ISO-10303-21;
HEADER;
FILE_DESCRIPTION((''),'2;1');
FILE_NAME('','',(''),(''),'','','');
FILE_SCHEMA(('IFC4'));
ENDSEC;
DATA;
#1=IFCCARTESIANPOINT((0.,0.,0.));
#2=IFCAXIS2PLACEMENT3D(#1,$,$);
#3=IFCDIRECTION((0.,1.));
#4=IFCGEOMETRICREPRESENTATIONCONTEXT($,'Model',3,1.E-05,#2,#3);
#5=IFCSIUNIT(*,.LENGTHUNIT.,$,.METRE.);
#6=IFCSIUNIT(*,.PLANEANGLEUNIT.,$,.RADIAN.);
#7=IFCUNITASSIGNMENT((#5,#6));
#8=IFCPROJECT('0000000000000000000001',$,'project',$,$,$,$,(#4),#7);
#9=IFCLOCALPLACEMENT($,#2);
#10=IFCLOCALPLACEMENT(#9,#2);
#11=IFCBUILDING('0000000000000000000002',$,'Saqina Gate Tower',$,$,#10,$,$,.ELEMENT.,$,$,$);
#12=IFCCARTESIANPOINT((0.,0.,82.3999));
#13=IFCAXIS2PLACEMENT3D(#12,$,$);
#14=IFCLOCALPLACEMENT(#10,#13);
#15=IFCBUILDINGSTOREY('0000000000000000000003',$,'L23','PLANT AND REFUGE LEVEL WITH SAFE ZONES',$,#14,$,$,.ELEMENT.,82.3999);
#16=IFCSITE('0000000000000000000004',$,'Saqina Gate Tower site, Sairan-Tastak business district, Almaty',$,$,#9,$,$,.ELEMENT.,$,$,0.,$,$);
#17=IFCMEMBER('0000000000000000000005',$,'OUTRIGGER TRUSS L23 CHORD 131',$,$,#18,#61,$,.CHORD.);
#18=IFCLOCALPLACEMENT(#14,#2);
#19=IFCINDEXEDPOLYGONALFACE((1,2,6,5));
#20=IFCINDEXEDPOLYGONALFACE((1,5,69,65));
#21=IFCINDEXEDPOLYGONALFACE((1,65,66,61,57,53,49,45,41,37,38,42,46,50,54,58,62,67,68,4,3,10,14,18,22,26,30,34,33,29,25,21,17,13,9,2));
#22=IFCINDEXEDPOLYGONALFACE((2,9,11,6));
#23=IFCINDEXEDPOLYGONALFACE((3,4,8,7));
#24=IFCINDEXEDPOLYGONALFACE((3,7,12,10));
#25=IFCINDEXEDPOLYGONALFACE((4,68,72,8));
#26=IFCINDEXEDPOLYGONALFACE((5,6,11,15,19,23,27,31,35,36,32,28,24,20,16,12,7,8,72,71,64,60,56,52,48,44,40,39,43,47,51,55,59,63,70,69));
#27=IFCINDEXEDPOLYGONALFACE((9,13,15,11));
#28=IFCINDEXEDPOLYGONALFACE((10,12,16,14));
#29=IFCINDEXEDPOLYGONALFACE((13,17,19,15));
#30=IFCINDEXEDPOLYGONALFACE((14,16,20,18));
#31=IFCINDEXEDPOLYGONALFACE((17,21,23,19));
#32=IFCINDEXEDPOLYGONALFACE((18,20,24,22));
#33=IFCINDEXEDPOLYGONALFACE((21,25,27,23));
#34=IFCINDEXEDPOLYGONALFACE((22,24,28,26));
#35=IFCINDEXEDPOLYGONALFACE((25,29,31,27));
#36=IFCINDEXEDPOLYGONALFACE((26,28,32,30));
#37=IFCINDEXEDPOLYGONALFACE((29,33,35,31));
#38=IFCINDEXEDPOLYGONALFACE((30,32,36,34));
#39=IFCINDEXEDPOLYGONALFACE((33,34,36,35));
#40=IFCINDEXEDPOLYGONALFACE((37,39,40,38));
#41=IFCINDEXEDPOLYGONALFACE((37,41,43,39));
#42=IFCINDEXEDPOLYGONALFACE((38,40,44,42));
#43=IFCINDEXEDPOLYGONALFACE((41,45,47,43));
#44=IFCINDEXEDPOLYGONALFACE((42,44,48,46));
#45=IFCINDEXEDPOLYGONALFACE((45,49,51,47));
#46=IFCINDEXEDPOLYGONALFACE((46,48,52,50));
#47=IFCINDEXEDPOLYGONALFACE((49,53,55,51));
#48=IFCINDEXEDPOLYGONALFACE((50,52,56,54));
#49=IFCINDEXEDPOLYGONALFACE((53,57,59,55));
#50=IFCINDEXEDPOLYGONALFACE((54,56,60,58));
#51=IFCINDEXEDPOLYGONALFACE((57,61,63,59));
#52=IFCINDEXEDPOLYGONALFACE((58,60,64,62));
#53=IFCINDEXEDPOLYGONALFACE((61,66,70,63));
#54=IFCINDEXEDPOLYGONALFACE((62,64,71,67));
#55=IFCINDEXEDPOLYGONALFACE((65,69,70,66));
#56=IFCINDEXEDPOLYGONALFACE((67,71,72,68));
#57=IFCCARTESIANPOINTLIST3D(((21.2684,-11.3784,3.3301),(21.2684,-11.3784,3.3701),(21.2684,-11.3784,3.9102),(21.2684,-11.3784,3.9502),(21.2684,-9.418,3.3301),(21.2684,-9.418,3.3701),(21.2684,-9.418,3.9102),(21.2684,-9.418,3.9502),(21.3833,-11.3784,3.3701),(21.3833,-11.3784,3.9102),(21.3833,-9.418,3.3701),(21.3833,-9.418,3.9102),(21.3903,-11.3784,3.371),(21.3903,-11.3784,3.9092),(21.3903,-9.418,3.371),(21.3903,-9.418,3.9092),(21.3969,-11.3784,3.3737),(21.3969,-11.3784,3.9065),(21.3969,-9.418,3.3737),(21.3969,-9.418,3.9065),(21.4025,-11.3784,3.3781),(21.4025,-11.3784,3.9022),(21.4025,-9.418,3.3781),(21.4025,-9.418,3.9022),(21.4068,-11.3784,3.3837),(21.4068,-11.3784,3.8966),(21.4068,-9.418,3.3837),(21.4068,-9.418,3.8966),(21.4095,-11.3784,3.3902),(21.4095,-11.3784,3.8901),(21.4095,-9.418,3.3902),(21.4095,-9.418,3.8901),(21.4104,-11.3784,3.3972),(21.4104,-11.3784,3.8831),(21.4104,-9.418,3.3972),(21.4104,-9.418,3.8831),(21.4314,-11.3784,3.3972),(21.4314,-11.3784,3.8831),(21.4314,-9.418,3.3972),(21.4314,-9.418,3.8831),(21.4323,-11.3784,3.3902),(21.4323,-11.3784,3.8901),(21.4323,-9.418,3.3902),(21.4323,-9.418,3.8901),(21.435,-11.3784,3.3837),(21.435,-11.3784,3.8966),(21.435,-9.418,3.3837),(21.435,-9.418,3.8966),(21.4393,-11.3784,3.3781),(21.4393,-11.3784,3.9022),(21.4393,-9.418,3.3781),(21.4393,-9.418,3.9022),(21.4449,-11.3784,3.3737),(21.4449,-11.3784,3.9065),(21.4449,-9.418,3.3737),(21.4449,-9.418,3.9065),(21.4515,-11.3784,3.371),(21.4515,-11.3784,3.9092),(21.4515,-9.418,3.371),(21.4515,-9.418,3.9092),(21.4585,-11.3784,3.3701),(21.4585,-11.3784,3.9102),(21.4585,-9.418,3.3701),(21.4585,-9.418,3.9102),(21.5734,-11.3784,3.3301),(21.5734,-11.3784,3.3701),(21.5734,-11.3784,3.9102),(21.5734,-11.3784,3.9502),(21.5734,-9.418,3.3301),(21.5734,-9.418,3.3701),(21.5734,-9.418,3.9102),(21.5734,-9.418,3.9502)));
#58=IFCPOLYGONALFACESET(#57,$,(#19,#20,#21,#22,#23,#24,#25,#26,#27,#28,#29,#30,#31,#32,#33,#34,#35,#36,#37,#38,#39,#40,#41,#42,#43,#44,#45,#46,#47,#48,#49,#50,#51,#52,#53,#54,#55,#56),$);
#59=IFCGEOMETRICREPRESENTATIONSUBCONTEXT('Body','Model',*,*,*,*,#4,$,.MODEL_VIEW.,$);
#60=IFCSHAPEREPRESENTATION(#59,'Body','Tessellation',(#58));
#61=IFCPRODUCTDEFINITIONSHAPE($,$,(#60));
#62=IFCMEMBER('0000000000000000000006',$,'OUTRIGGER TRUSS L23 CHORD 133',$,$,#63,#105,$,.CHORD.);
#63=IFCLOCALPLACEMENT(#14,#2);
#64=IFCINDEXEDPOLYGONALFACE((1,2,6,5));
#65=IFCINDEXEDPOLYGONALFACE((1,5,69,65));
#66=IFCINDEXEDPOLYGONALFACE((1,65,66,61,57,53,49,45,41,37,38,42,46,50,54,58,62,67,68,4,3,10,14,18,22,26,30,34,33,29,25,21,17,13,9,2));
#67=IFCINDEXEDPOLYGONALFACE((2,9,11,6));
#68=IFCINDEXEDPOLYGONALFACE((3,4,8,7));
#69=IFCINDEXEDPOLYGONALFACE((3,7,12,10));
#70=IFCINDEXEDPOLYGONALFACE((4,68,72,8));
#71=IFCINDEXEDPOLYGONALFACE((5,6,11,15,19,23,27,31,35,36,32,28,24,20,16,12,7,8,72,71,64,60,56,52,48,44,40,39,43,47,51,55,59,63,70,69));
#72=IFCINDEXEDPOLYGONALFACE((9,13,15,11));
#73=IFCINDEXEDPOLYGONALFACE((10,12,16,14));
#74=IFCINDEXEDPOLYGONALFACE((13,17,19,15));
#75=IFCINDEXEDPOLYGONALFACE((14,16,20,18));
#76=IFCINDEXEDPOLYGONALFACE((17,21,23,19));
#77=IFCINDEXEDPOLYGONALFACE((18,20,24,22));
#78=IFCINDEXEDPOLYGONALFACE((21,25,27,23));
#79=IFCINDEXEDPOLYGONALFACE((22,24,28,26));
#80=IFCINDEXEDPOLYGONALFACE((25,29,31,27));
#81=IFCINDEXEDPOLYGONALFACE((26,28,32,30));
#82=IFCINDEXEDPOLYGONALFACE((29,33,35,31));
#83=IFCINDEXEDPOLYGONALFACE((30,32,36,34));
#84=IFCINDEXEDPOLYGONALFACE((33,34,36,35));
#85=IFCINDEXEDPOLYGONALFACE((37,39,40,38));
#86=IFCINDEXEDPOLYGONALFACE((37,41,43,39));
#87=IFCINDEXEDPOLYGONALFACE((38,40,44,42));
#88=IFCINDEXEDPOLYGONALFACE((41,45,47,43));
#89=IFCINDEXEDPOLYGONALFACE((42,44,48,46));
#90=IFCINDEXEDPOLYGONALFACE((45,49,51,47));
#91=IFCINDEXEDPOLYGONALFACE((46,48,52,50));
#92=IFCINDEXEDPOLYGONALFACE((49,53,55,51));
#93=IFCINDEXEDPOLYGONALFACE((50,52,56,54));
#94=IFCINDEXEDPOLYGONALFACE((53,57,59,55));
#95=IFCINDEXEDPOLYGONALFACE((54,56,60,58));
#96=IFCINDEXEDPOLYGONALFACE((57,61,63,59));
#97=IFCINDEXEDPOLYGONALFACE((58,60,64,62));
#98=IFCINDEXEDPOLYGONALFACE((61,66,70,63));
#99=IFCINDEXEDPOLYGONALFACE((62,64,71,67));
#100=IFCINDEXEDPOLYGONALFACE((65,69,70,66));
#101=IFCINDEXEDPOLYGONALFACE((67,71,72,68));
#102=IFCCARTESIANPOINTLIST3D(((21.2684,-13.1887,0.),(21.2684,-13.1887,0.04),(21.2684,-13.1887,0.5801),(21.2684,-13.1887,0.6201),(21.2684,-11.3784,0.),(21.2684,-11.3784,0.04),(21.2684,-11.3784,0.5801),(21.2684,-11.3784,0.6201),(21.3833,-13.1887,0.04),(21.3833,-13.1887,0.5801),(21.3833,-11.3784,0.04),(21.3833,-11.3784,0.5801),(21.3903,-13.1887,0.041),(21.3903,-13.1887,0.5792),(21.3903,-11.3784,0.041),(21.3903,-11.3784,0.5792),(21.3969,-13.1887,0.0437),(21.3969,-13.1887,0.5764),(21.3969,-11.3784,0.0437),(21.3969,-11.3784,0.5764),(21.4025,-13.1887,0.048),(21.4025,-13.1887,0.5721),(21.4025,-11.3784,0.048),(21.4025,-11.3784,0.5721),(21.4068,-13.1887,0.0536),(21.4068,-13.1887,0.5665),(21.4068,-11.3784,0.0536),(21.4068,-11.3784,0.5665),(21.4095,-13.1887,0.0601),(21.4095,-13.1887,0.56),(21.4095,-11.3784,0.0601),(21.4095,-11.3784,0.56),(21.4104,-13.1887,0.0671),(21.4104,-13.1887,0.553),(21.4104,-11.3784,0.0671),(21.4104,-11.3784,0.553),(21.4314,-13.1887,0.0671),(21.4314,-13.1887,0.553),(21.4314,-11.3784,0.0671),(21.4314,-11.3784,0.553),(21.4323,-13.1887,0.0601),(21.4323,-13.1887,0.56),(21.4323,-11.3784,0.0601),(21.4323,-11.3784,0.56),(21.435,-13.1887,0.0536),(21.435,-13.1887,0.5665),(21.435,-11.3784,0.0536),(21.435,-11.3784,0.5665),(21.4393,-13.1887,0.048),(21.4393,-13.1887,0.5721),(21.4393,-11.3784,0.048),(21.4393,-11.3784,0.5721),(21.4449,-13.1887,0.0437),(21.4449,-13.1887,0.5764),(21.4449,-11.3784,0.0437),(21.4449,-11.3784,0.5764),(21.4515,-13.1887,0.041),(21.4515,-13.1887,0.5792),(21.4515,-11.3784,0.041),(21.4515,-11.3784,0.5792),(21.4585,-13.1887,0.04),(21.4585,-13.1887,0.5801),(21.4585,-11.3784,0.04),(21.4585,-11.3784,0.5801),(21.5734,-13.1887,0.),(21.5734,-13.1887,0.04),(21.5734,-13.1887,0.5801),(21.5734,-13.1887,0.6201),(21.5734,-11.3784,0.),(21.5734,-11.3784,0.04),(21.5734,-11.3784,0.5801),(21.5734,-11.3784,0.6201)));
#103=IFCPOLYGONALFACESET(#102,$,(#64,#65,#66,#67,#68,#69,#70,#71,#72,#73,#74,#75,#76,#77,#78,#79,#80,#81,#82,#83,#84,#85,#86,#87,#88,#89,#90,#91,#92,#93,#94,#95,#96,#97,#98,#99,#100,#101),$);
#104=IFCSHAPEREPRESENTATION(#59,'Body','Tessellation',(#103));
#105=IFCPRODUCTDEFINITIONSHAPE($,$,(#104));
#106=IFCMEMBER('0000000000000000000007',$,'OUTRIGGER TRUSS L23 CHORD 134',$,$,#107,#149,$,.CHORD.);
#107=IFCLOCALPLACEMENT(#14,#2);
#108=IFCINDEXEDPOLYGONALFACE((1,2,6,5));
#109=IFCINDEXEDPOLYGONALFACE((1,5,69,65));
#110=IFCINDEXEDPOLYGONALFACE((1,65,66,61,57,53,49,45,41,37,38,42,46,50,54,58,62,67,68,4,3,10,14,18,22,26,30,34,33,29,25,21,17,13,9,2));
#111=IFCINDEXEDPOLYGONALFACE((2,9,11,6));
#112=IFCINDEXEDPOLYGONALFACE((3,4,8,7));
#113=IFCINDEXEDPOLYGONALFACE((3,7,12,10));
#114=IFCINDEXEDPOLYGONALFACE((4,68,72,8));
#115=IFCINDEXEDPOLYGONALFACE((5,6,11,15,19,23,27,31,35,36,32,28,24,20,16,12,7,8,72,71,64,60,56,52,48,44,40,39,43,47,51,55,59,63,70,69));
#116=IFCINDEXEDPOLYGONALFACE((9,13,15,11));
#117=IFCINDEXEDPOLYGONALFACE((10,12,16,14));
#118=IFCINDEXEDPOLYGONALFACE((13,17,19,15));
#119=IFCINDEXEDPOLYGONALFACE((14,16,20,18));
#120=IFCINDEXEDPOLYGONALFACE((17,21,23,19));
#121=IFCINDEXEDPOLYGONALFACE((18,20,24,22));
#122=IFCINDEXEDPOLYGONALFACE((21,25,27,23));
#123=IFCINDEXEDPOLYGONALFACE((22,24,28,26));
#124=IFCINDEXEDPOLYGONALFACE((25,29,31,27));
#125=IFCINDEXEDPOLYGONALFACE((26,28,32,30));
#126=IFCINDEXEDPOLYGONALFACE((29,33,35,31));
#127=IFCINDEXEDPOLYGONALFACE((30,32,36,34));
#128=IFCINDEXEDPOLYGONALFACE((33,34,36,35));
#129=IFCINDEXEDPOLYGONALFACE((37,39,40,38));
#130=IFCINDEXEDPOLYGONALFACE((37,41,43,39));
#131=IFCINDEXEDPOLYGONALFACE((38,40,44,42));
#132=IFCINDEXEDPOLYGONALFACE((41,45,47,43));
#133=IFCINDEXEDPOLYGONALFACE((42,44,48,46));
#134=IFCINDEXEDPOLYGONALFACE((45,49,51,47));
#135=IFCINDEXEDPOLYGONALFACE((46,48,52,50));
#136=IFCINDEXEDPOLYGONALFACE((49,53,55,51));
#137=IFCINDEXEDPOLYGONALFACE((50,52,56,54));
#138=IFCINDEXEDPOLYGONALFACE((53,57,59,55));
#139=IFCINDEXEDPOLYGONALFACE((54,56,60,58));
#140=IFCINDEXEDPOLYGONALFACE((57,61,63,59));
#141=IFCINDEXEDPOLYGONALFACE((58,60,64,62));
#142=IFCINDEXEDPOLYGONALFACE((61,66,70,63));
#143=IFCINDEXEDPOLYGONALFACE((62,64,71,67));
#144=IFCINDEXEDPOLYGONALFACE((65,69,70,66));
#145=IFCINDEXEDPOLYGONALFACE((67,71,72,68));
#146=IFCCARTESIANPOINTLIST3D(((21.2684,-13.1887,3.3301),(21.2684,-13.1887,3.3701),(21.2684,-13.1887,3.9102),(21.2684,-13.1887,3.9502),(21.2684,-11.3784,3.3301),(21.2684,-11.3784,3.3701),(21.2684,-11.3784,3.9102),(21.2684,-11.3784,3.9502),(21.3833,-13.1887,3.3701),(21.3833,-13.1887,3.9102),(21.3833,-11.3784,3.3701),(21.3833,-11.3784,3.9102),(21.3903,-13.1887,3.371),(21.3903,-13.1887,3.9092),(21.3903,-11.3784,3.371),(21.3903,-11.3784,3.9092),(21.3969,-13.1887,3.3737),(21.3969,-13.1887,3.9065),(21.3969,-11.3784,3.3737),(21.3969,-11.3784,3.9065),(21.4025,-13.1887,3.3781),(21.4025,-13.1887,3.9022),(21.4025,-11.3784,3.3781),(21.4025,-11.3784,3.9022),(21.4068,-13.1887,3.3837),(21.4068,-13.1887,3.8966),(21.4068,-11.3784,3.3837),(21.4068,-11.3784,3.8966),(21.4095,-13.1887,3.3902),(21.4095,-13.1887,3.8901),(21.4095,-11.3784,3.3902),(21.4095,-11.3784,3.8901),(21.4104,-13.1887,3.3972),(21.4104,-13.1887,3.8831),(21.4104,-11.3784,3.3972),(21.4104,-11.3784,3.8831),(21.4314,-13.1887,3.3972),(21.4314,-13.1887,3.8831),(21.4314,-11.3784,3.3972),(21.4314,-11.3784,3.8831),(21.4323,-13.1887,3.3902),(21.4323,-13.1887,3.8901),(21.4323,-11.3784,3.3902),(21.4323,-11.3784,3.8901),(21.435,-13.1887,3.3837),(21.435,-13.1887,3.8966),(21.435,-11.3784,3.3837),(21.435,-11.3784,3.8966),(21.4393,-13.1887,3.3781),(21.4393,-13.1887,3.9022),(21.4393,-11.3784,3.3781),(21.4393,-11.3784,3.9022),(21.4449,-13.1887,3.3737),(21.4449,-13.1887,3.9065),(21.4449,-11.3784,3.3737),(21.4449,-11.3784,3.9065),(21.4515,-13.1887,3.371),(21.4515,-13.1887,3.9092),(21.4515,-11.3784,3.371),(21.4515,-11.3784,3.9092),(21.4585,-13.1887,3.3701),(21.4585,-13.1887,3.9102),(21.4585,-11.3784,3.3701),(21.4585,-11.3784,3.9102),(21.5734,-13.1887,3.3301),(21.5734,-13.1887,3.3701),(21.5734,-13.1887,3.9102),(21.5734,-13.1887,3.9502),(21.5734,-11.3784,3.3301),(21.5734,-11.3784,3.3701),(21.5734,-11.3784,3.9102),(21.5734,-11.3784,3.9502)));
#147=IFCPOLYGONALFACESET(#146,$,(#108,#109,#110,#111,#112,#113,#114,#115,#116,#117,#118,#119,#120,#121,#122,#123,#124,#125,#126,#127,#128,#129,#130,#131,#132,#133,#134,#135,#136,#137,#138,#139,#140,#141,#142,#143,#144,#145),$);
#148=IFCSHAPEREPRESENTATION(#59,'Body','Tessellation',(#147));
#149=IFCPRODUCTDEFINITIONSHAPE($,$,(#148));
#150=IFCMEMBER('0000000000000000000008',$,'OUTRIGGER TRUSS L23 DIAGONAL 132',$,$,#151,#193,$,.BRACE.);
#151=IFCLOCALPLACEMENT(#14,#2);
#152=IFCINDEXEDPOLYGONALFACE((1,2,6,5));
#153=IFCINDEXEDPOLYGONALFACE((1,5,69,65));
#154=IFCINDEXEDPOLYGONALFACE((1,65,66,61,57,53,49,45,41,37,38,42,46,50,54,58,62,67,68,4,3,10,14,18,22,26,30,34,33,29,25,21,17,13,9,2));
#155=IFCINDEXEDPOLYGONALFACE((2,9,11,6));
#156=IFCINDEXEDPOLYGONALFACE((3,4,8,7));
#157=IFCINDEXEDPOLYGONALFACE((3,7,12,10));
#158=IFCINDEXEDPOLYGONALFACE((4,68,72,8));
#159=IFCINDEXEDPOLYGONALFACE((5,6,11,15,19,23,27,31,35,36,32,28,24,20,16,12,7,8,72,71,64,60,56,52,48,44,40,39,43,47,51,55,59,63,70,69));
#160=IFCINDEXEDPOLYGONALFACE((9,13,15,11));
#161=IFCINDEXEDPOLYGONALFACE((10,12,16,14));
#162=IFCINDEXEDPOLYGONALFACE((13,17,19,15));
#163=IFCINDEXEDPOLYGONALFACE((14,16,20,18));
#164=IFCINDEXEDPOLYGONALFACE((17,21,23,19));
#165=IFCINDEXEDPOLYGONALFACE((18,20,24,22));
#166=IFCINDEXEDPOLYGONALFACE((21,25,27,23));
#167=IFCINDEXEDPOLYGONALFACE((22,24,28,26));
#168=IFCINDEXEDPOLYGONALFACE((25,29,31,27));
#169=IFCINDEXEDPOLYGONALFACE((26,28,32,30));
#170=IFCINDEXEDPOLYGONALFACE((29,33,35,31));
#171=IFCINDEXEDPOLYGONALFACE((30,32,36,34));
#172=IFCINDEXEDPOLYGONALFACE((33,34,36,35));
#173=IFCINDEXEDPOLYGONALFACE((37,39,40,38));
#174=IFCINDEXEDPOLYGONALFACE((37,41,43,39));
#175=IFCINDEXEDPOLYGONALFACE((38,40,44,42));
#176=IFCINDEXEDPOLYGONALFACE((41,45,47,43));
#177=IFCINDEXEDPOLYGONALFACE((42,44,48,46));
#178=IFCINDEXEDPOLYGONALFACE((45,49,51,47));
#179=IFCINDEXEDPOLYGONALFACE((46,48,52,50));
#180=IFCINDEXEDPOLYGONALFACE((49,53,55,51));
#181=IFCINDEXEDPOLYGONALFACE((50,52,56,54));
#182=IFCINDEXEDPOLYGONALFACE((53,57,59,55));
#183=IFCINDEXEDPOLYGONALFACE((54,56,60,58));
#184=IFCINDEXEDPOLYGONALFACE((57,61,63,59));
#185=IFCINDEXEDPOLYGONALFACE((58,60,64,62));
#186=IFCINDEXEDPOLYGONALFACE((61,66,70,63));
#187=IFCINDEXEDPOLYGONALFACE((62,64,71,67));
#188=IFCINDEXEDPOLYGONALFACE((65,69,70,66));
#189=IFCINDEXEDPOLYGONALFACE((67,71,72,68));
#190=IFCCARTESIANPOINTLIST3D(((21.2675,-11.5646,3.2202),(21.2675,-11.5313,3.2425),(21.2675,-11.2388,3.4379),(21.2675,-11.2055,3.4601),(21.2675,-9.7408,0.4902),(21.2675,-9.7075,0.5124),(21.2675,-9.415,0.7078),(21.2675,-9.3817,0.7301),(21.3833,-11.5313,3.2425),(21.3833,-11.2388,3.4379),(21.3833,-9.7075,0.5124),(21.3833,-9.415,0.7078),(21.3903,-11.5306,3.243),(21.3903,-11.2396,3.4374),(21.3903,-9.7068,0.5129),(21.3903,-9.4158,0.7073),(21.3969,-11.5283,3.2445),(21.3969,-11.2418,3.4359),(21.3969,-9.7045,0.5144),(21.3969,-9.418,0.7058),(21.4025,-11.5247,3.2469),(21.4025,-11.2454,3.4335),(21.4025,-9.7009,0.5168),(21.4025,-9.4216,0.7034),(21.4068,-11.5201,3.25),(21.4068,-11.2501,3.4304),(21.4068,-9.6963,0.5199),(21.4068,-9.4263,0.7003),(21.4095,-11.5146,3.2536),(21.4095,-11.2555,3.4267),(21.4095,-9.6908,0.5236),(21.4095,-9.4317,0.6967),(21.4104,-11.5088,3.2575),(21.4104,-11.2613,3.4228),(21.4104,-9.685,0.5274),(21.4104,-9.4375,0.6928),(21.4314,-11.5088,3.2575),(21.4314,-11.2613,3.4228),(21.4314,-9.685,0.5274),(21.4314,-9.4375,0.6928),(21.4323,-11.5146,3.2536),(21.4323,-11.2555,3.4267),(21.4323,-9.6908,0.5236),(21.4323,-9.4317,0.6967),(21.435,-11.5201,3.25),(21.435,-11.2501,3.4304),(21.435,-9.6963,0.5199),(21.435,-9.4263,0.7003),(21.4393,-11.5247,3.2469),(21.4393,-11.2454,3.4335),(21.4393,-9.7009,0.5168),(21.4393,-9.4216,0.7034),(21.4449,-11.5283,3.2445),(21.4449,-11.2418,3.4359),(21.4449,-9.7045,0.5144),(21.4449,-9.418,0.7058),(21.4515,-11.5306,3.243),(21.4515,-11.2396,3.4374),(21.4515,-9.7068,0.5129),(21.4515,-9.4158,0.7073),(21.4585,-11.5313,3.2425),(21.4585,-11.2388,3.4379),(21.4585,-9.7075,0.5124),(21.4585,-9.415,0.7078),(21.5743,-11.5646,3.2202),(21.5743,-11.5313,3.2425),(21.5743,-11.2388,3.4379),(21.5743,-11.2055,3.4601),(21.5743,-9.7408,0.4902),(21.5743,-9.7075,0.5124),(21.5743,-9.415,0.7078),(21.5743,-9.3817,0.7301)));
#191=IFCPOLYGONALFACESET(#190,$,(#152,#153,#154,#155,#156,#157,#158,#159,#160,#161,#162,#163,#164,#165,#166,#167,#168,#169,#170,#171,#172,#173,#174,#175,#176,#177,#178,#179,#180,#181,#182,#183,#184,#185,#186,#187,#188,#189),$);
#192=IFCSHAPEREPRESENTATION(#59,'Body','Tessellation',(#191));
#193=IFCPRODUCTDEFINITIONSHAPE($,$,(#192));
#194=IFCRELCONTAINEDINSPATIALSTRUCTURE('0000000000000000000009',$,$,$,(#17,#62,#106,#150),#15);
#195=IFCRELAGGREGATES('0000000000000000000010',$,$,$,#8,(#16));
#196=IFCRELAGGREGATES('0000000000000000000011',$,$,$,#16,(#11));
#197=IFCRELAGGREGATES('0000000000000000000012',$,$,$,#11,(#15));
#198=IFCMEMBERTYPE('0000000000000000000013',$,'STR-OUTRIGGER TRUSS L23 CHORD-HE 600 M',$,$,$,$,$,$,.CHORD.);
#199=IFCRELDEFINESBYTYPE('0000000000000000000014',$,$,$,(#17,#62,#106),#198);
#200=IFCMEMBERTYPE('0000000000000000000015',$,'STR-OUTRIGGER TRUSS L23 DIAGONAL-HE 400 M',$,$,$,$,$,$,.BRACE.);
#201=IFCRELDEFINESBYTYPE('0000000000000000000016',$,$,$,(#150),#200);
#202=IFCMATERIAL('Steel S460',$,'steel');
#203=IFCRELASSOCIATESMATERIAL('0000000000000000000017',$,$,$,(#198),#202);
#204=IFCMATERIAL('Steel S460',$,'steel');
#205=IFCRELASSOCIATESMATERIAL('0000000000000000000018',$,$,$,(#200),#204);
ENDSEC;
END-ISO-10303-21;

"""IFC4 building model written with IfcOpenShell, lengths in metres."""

from ifc_helpers import new_model, si_unit, direction, frame, origin, origin_2d, place, context, subcontext, project, spatial, i_section, extrude, material, material_profile, profile_set, type_object, element, save


model = new_model("IFC4")

# Units and contexts
model_context = context("Model", 3, precision=1e-05, world=origin(), true_north=direction((0.0, 1.0)))
body_context = subcontext(model_context, "Body", "Model", "MODEL_VIEW")
ifc_project = project(units=[si_unit("LENGTHUNIT", "METRE"), si_unit("PLANEANGLEUNIT", "RADIAN")], contexts=[model_context])

# Site, building, storey
site_placement = place(None, origin())
site = spatial("IfcSite", under=ifc_project, at=site_placement, Name="Saqina Gate Tower site, Sairan-Tastak business district, Almaty", CompositionType="ELEMENT", RefElevation=0.0)
building_placement = place(site_placement, origin())
building = spatial("IfcBuilding", under=site, at=building_placement, Name="Saqina Gate Tower", CompositionType="ELEMENT")
storey_placement = place(building_placement, frame((0.0, 0.0, 82.3999)))
storey = spatial("IfcBuildingStorey", under=building, at=storey_placement, Name="L23", Description="PLANT AND REFUGE LEVEL WITH SAFE ZONES", CompositionType="ELEMENT", Elevation=82.3999)

# Members
ifc_material_1 = material(Name="Steel S460", Category="steel")
ifc_material_profile_1 = material_profile(ifc_material_1, i_section(OverallWidth=0.3049, OverallDepth=0.6201, WebThickness=0.021, FlangeThickness=0.04, FilletRadius=0.0271, at=origin_2d()), Name="HE 600 M")
ifc_profile_set_1 = profile_set([ifc_material_profile_1], Name="Steel S460")
member_type_1 = type_object("IfcMemberType", Name="STR-OUTRIGGER TRUSS L23 CHORD-HE 600 M", PredefinedType="CHORD", material=ifc_profile_set_1)
for number, where, z_axis, x_axis, name in (
    (1, (21.4209, -9.418, 3.6401), (0.0, -1.0, 0.0), (1.0, 0.0, 0.0), "OUTRIGGER TRUSS L23 CHORD 131"),
):
    element("IfcMember", number, at=place(storey_placement, frame(where, z_axis=z_axis, x_axis=x_axis)), inside=storey, type_object=member_type_1, Name=name, PredefinedType="CHORD", context=body_context, shape_type="SweptSolid", body=[
        extrude(i_section(OverallWidth=0.3049, OverallDepth=0.6201, WebThickness=0.021, FlangeThickness=0.04, FilletRadius=0.0271, at=origin_2d()), origin(), (0.0, 0.0, 1.0), 1.9604),
    ])
for number, where, z_axis, x_axis, name in (
    (2, (21.4209, -11.3784, 0.3101), (0.0, -1.0, 0.0), (1.0, 0.0, 0.0), "OUTRIGGER TRUSS L23 CHORD 133"),
    (3, (21.4209, -11.3784, 3.6401), (0.0, -1.0, 0.0), (1.0, 0.0, 0.0), "OUTRIGGER TRUSS L23 CHORD 134"),
):
    element("IfcMember", number, at=place(storey_placement, frame(where, z_axis=z_axis, x_axis=x_axis)), inside=storey, type_object=member_type_1, Name=name, PredefinedType="CHORD", context=body_context, shape_type="SweptSolid", body=[
        extrude(i_section(OverallWidth=0.3049, OverallDepth=0.6201, WebThickness=0.021, FlangeThickness=0.04, FilletRadius=0.0271, at=origin_2d()), origin(), (0.0, 0.0, 1.0), 1.8103),
    ])
ifc_material_2 = material(Name="Steel S460", Category="steel")
ifc_material_profile_2 = material_profile(ifc_material_2, i_section(OverallWidth=0.3069, OverallDepth=0.4319, WebThickness=0.021, FlangeThickness=0.04, FilletRadius=0.0271, at=origin_2d()), Name="HE 400 M")
ifc_profile_set_2 = profile_set([ifc_material_profile_2], Name="Steel S460")
member_type_2 = type_object("IfcMemberType", Name="STR-OUTRIGGER TRUSS L23 DIAGONAL-HE 400 M", PredefinedType="BRACE", material=ifc_profile_set_2)
for number, where, z_axis, x_axis, name in (
    (4, (21.4209, -9.5613, 0.6101), (0.0, -0.555489, 0.831524), (1.0, 0.0, 0.0), "OUTRIGGER TRUSS L23 DIAGONAL 132"),
):
    element("IfcMember", number, at=place(storey_placement, frame(where, z_axis=z_axis, x_axis=x_axis)), inside=storey, type_object=member_type_2, Name=name, PredefinedType="BRACE", context=body_context, shape_type="SweptSolid", body=[
        extrude(i_section(OverallWidth=0.3069, OverallDepth=0.4319, WebThickness=0.021, FlangeThickness=0.04, FilletRadius=0.0271, at=origin_2d()), origin(), (0.0, 0.0, 1.0), 3.2832),
    ])

save(model, "model.ifc")
